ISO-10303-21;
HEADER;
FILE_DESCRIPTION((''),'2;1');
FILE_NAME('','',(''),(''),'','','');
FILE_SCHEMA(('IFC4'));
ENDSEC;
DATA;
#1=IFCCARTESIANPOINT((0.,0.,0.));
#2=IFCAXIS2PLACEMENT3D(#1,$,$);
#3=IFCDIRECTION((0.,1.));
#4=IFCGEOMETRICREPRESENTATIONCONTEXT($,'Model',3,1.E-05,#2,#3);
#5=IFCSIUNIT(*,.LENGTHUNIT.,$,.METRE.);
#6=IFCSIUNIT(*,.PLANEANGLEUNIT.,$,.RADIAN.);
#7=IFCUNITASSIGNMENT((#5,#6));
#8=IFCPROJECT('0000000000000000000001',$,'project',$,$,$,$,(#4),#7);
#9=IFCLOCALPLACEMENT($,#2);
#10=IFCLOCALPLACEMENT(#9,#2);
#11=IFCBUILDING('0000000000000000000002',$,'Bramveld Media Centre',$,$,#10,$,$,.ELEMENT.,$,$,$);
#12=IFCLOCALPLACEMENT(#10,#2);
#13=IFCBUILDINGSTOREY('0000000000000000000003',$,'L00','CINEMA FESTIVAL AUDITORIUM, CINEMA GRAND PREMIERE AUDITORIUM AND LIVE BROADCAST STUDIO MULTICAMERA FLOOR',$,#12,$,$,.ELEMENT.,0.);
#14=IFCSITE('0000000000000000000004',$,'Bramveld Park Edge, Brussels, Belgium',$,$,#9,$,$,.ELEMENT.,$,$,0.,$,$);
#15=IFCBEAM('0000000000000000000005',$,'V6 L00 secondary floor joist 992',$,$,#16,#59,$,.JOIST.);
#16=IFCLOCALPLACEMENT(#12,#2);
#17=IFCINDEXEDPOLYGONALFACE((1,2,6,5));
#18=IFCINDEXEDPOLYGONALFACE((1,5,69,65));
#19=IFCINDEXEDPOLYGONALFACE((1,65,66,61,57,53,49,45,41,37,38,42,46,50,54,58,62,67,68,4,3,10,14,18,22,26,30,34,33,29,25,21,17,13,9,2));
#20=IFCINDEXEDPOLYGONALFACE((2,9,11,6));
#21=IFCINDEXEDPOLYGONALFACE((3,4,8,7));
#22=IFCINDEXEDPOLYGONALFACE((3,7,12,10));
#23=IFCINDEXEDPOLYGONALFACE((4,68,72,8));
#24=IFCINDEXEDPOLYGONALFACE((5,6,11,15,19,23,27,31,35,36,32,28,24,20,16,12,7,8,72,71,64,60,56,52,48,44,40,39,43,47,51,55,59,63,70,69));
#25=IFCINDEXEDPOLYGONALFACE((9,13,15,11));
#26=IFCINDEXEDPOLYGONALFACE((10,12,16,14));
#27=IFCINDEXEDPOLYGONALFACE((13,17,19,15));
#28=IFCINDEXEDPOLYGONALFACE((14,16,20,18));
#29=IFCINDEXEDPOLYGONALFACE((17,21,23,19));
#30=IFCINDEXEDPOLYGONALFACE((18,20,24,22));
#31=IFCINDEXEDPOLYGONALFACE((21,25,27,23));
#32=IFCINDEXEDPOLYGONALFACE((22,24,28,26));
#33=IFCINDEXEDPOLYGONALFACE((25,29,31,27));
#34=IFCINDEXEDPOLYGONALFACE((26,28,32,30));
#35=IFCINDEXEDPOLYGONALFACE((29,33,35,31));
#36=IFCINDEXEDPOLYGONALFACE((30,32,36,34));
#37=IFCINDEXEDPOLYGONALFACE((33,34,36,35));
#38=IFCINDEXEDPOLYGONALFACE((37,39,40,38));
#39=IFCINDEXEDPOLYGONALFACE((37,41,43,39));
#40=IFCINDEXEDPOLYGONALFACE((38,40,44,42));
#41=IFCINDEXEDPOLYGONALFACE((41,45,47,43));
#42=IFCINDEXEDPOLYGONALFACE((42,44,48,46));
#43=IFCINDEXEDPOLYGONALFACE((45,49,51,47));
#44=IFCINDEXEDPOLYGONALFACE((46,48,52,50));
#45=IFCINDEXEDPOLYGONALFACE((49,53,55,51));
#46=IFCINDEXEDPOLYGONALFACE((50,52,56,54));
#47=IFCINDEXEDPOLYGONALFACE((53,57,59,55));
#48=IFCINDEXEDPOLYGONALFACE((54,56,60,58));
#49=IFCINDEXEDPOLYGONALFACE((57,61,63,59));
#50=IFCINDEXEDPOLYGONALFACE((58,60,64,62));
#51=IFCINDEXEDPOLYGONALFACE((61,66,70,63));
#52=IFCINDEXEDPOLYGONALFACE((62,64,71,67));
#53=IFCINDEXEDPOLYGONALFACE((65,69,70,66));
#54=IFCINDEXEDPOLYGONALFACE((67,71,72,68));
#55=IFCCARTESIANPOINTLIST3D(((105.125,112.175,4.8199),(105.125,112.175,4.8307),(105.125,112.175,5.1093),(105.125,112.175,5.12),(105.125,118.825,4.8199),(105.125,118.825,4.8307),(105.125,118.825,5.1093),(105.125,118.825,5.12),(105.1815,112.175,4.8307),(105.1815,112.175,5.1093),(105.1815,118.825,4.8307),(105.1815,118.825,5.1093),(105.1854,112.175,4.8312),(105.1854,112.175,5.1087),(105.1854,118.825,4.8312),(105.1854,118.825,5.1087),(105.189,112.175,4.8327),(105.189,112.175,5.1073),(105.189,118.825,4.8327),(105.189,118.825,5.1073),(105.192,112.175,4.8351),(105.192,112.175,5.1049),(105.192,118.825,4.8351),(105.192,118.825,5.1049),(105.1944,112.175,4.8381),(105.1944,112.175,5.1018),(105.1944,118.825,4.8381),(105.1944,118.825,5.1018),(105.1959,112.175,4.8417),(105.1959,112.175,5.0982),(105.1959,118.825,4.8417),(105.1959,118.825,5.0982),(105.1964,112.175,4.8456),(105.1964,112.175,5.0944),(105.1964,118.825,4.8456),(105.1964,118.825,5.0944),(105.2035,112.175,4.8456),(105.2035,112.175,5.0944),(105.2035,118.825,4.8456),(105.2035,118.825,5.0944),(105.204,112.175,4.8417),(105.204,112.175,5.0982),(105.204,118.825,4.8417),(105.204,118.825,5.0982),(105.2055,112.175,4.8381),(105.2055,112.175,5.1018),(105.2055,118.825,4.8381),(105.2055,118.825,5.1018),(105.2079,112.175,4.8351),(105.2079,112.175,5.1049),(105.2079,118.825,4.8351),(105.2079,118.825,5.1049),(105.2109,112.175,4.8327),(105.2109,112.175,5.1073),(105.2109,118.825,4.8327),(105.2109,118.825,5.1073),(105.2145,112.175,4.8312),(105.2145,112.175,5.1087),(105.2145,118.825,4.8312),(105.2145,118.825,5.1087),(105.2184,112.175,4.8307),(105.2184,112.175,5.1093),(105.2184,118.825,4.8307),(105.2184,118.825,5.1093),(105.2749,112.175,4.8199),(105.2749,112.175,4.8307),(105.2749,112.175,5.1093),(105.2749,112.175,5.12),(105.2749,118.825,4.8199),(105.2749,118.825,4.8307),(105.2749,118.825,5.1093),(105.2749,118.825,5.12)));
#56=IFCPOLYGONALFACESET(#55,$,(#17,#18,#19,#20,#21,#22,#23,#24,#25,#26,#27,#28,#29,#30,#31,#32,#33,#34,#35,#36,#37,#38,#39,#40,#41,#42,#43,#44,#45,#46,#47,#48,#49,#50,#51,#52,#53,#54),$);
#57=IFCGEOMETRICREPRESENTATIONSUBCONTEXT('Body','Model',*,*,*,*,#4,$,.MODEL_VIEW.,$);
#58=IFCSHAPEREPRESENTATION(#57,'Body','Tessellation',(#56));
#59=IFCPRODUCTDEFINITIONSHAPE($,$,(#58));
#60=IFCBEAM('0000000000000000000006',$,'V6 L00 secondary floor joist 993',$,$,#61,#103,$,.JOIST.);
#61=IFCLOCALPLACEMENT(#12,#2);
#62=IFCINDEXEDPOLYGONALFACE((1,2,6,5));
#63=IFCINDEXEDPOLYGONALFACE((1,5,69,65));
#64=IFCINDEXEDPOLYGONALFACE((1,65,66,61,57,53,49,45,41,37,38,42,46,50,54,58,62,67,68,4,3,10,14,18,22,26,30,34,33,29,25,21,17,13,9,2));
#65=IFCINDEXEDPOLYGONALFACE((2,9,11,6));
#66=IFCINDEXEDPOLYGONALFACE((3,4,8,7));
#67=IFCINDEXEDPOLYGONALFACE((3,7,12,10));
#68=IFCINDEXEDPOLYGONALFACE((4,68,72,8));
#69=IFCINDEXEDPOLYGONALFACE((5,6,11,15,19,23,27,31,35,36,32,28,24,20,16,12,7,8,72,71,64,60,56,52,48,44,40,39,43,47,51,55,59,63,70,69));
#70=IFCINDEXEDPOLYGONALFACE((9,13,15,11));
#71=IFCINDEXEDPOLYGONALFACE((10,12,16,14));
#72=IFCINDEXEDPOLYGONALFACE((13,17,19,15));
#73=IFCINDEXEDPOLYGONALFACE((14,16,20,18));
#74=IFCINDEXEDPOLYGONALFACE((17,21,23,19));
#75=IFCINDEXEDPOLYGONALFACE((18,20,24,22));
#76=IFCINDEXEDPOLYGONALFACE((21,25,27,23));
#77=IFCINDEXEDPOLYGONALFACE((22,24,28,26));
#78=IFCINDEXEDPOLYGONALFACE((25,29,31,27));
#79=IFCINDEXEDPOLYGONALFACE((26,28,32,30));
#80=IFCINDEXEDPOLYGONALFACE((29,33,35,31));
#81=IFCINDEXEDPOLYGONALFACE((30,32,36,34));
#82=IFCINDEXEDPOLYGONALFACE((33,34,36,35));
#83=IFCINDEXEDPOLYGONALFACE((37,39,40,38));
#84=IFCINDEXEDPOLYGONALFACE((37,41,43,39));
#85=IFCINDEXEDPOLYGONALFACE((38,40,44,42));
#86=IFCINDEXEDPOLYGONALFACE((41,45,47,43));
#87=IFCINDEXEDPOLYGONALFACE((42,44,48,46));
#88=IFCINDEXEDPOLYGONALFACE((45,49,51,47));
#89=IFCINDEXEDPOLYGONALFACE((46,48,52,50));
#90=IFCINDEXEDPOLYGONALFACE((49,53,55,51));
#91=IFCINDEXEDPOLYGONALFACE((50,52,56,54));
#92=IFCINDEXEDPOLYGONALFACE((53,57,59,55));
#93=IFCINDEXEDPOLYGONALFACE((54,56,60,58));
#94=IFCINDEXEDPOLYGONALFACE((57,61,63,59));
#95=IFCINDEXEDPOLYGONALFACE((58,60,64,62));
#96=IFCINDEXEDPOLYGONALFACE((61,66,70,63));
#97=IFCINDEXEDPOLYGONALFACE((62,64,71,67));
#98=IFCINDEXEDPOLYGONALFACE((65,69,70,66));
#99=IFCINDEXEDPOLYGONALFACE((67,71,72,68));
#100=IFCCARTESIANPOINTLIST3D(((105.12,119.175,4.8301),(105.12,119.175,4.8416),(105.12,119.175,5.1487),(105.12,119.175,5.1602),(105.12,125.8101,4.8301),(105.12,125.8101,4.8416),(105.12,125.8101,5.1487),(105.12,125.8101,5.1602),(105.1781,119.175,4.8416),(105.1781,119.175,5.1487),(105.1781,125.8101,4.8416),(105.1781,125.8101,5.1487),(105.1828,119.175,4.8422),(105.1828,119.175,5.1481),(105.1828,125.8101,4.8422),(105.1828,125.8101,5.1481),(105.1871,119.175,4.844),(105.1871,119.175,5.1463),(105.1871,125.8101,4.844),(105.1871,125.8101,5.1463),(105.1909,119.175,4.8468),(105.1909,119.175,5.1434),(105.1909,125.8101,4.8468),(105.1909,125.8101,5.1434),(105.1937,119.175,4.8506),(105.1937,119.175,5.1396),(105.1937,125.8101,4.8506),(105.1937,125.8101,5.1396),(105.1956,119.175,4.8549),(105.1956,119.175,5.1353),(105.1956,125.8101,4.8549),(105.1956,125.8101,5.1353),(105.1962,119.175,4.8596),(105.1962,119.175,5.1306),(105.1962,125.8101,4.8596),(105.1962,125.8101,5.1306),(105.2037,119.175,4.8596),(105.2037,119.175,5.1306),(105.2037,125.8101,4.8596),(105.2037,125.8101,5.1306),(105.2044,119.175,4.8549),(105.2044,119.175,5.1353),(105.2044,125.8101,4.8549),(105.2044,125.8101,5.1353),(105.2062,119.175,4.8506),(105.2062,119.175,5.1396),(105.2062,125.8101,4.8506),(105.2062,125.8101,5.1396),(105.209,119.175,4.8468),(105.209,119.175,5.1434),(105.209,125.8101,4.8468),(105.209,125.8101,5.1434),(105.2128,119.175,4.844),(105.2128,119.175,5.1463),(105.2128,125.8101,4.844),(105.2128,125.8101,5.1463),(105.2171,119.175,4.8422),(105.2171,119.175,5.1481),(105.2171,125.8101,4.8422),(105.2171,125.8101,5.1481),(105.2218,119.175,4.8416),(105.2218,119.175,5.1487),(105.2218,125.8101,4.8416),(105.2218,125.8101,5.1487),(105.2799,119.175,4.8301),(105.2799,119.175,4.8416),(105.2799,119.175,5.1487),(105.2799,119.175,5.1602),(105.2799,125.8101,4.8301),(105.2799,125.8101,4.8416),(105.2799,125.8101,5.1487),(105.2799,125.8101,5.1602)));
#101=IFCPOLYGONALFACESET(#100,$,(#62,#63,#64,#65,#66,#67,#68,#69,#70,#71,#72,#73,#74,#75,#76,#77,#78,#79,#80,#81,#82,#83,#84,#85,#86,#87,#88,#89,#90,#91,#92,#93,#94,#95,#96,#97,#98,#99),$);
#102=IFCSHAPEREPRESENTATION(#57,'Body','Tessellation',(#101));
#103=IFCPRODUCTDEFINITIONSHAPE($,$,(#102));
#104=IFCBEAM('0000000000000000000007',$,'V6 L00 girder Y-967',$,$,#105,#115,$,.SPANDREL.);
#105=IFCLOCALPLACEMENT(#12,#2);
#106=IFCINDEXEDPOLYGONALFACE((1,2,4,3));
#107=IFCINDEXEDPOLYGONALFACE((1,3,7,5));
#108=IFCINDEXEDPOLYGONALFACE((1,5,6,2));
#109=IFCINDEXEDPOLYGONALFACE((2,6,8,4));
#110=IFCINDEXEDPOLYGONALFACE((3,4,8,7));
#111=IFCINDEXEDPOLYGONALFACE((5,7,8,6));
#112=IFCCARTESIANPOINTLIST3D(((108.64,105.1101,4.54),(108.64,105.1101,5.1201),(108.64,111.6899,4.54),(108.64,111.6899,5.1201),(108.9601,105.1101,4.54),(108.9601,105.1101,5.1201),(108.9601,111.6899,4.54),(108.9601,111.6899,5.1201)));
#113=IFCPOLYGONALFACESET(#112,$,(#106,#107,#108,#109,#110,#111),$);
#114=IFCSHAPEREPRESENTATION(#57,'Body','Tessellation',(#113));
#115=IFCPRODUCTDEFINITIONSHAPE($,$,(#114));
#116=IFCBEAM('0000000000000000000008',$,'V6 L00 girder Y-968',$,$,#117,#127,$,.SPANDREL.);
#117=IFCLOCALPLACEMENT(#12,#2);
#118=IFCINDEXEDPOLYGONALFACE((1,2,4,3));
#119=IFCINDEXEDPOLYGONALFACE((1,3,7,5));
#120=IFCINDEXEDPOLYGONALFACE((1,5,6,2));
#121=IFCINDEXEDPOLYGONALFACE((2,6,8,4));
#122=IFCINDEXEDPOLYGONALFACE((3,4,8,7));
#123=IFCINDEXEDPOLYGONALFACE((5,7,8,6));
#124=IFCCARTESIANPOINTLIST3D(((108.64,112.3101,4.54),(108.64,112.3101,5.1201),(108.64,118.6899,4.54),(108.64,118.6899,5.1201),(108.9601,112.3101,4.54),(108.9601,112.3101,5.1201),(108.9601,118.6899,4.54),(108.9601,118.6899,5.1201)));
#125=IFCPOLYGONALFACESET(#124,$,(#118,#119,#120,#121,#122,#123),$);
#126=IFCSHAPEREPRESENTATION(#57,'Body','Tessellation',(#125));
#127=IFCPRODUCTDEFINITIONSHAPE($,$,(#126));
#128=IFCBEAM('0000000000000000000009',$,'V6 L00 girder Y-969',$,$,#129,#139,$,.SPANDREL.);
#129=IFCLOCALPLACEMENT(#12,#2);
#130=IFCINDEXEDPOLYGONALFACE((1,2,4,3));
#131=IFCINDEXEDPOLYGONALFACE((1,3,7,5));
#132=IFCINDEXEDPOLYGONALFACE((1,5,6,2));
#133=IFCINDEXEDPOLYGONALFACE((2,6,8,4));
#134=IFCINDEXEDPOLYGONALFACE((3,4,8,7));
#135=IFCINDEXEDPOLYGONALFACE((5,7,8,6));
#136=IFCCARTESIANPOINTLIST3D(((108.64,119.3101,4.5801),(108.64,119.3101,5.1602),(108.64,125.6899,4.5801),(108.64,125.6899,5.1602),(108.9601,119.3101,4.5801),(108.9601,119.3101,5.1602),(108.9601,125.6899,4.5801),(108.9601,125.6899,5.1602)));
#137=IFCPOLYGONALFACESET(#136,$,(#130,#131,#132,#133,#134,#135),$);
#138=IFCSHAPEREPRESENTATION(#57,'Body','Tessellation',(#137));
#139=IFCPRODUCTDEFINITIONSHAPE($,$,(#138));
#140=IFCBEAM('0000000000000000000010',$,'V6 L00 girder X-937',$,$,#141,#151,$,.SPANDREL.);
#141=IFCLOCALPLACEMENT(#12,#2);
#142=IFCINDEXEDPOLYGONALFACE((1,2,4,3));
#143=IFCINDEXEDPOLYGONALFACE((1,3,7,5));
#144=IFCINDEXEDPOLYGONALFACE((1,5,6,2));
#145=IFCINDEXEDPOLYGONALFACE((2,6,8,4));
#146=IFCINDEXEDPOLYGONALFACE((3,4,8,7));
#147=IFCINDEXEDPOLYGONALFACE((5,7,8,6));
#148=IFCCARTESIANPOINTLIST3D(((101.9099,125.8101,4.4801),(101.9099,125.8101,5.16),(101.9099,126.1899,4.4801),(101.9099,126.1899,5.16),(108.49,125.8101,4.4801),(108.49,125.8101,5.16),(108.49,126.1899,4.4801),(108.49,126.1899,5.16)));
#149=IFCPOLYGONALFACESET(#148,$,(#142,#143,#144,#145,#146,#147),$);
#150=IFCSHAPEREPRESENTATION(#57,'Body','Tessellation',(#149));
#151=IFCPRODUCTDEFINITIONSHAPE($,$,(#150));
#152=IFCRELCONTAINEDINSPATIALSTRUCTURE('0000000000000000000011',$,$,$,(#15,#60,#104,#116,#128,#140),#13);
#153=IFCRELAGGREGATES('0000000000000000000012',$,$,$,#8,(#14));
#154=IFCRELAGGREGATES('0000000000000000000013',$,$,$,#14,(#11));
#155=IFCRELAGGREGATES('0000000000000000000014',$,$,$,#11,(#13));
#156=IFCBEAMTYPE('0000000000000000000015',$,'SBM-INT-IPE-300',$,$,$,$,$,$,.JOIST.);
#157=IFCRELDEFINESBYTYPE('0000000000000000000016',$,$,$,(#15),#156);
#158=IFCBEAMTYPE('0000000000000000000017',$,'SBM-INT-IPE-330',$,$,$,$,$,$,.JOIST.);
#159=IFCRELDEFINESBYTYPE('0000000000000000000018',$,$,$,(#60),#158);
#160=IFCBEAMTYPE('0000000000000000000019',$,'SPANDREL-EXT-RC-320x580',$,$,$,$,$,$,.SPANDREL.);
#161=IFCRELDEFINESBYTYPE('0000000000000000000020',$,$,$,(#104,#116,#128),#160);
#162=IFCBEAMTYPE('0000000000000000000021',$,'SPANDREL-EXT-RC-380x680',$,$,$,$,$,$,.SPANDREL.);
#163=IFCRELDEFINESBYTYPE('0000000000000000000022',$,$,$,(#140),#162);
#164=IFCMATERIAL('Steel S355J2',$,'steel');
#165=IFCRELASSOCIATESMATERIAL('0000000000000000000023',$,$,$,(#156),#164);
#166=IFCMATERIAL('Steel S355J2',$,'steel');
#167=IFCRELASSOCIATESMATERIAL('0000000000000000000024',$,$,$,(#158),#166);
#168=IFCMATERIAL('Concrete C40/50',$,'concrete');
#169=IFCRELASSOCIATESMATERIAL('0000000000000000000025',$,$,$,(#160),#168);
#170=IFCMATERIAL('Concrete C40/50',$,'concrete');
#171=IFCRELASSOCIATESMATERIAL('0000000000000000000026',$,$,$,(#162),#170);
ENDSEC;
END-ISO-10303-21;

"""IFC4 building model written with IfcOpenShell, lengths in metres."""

from ifc_helpers import new_model, si_unit, direction, frame, origin, origin_2d, place, context, subcontext, project, spatial, rectangle, i_section, extrude, material, material_profile, profile_set, type_object, element, save


model = new_model("IFC4")

# Units and contexts
model_context = context("Model", 3, precision=1e-05, world=origin(), true_north=direction((0.0, 1.0)))
body_context = subcontext(model_context, "Body", "Model", "MODEL_VIEW")
ifc_project = project(units=[si_unit("LENGTHUNIT", "METRE"), si_unit("PLANEANGLEUNIT", "RADIAN")], contexts=[model_context])

# Site, building, storey
site_placement = place(None, origin())
site = spatial("IfcSite", under=ifc_project, at=site_placement, Name="Bramveld Park Edge, Brussels, Belgium", CompositionType="ELEMENT", RefElevation=0.0)
building_placement = place(site_placement, origin())
building = spatial("IfcBuilding", under=site, at=building_placement, Name="Bramveld Media Centre", CompositionType="ELEMENT")
storey_placement = place(building_placement, origin())
storey = spatial("IfcBuildingStorey", under=building, at=storey_placement, Name="L00", Description="CINEMA FESTIVAL AUDITORIUM, CINEMA GRAND PREMIERE AUDITORIUM AND LIVE BROADCAST STUDIO MULTICAMERA FLOOR", CompositionType="ELEMENT", Elevation=0.0)

# Beams
ifc_material_1 = material(Name="Steel S355J2", Category="steel")
ifc_material_profile_1 = material_profile(ifc_material_1, i_section(OverallWidth=0.1499, OverallDepth=0.3, WebThickness=0.0071, FlangeThickness=0.0107, FilletRadius=0.0149, at=origin_2d()), Name="IPE 300")
ifc_profile_set_1 = profile_set([ifc_material_profile_1], Name="Steel S355J2")
beam_type_1 = type_object("IfcBeamType", Name="SBM-INT-IPE-300", PredefinedType="JOIST", material=ifc_profile_set_1)
beam_1_placement = place(storey_placement, frame((105.2, 112.175, 4.97), z_axis=(0.0, 1.0, 0.0), x_axis=(-1.0, 0.0, 0.0)))
element("IfcBeam", 1, at=beam_1_placement, inside=storey, type_object=beam_type_1, Name="V6 L00 secondary floor joist 992", PredefinedType="JOIST", context=body_context, shape_type="SweptSolid", body=[
    extrude(i_section(OverallWidth=0.1499, OverallDepth=0.3, WebThickness=0.0071, FlangeThickness=0.0107, FilletRadius=0.0149, at=origin_2d()), origin(), (0.0, 0.0, 1.0), 6.6499),
])
ifc_material_2 = material(Name="Steel S355J2", Category="steel")
ifc_material_profile_2 = material_profile(ifc_material_2, i_section(OverallWidth=0.1599, OverallDepth=0.3301, WebThickness=0.0076, FlangeThickness=0.0115, FilletRadius=0.0181, at=origin_2d()), Name="IPE 330")
ifc_profile_set_2 = profile_set([ifc_material_profile_2], Name="Steel S355J2")
beam_type_2 = type_object("IfcBeamType", Name="SBM-INT-IPE-330", PredefinedType="JOIST", material=ifc_profile_set_2)
beam_2_placement = place(storey_placement, frame((105.2, 119.175, 4.9951), z_axis=(0.0, 1.0, 0.0), x_axis=(-1.0, 0.0, 0.0)))
element("IfcBeam", 2, at=beam_2_placement, inside=storey, type_object=beam_type_2, Name="V6 L00 secondary floor joist 993", PredefinedType="JOIST", context=body_context, shape_type="SweptSolid", body=[
    extrude(i_section(OverallWidth=0.1599, OverallDepth=0.3301, WebThickness=0.0076, FlangeThickness=0.0115, FilletRadius=0.0181, at=origin_2d()), origin(), (0.0, 0.0, 1.0), 6.635),
])
ifc_material_3 = material(Name="Concrete C40/50", Category="concrete")
ifc_material_profile_3 = material_profile(ifc_material_3, rectangle(XDim=0.3201, YDim=0.5801, at=origin_2d()), Name="RC 320x580")
ifc_profile_set_3 = profile_set([ifc_material_profile_3], Name="Concrete C40/50")
beam_type_3 = type_object("IfcBeamType", Name="SPANDREL-EXT-RC-320x580", PredefinedType="SPANDREL", material=ifc_profile_set_3)
beam_3_placement = place(storey_placement, frame((108.8, 105.1101, 4.8301), z_axis=(0.0, 1.0, 0.0), x_axis=(-1.0, 0.0, 0.0)))
element("IfcBeam", 3, at=beam_3_placement, inside=storey, type_object=beam_type_3, Name="V6 L00 girder Y-967", PredefinedType="SPANDREL", context=body_context, shape_type="SweptSolid", body=[
    extrude(rectangle(XDim=0.3201, YDim=0.5801, at=origin_2d()), origin(), (0.0, 0.0, 1.0), 6.5798),
])
for number, where, z_axis, x_axis, name in (
    (4, (108.8, 112.3101, 4.8301), (0.0, 1.0, 0.0), (-1.0, 0.0, 0.0), "V6 L00 girder Y-968"),
    (5, (108.8, 119.3101, 4.8701), (0.0, 1.0, 0.0), (-1.0, 0.0, 0.0), "V6 L00 girder Y-969"),
):
    element("IfcBeam", number, at=place(storey_placement, frame(where, z_axis=z_axis, x_axis=x_axis)), inside=storey, type_object=beam_type_3, Name=name, PredefinedType="SPANDREL", context=body_context, shape_type="SweptSolid", body=[
        extrude(rectangle(XDim=0.3201, YDim=0.5801, at=origin_2d()), origin(), (0.0, 0.0, 1.0), 6.3799),
    ])
ifc_material_4 = material(Name="Concrete C40/50", Category="concrete")
ifc_material_profile_4 = material_profile(ifc_material_4, rectangle(XDim=0.3799, YDim=0.6799, at=origin_2d()), Name="RC 380x680")
ifc_profile_set_4 = profile_set([ifc_material_profile_4], Name="Concrete C40/50")
beam_type_4 = type_object("IfcBeamType", Name="SPANDREL-EXT-RC-380x680", PredefinedType="SPANDREL", material=ifc_profile_set_4)
beam_4_placement = place(storey_placement, frame((101.9099, 126.0, 4.8201), z_axis=(1.0, 0.0, 0.0), x_axis=(0.0, 1.0, 0.0)))
element("IfcBeam", 6, at=beam_4_placement, inside=storey, type_object=beam_type_4, Name="V6 L00 girder X-937", PredefinedType="SPANDREL", context=body_context, shape_type="SweptSolid", body=[
    extrude(rectangle(XDim=0.3799, YDim=0.6799, at=origin_2d()), origin(), (0.0, 0.0, 1.0), 6.5801),
])

save(model, "model.ifc")
